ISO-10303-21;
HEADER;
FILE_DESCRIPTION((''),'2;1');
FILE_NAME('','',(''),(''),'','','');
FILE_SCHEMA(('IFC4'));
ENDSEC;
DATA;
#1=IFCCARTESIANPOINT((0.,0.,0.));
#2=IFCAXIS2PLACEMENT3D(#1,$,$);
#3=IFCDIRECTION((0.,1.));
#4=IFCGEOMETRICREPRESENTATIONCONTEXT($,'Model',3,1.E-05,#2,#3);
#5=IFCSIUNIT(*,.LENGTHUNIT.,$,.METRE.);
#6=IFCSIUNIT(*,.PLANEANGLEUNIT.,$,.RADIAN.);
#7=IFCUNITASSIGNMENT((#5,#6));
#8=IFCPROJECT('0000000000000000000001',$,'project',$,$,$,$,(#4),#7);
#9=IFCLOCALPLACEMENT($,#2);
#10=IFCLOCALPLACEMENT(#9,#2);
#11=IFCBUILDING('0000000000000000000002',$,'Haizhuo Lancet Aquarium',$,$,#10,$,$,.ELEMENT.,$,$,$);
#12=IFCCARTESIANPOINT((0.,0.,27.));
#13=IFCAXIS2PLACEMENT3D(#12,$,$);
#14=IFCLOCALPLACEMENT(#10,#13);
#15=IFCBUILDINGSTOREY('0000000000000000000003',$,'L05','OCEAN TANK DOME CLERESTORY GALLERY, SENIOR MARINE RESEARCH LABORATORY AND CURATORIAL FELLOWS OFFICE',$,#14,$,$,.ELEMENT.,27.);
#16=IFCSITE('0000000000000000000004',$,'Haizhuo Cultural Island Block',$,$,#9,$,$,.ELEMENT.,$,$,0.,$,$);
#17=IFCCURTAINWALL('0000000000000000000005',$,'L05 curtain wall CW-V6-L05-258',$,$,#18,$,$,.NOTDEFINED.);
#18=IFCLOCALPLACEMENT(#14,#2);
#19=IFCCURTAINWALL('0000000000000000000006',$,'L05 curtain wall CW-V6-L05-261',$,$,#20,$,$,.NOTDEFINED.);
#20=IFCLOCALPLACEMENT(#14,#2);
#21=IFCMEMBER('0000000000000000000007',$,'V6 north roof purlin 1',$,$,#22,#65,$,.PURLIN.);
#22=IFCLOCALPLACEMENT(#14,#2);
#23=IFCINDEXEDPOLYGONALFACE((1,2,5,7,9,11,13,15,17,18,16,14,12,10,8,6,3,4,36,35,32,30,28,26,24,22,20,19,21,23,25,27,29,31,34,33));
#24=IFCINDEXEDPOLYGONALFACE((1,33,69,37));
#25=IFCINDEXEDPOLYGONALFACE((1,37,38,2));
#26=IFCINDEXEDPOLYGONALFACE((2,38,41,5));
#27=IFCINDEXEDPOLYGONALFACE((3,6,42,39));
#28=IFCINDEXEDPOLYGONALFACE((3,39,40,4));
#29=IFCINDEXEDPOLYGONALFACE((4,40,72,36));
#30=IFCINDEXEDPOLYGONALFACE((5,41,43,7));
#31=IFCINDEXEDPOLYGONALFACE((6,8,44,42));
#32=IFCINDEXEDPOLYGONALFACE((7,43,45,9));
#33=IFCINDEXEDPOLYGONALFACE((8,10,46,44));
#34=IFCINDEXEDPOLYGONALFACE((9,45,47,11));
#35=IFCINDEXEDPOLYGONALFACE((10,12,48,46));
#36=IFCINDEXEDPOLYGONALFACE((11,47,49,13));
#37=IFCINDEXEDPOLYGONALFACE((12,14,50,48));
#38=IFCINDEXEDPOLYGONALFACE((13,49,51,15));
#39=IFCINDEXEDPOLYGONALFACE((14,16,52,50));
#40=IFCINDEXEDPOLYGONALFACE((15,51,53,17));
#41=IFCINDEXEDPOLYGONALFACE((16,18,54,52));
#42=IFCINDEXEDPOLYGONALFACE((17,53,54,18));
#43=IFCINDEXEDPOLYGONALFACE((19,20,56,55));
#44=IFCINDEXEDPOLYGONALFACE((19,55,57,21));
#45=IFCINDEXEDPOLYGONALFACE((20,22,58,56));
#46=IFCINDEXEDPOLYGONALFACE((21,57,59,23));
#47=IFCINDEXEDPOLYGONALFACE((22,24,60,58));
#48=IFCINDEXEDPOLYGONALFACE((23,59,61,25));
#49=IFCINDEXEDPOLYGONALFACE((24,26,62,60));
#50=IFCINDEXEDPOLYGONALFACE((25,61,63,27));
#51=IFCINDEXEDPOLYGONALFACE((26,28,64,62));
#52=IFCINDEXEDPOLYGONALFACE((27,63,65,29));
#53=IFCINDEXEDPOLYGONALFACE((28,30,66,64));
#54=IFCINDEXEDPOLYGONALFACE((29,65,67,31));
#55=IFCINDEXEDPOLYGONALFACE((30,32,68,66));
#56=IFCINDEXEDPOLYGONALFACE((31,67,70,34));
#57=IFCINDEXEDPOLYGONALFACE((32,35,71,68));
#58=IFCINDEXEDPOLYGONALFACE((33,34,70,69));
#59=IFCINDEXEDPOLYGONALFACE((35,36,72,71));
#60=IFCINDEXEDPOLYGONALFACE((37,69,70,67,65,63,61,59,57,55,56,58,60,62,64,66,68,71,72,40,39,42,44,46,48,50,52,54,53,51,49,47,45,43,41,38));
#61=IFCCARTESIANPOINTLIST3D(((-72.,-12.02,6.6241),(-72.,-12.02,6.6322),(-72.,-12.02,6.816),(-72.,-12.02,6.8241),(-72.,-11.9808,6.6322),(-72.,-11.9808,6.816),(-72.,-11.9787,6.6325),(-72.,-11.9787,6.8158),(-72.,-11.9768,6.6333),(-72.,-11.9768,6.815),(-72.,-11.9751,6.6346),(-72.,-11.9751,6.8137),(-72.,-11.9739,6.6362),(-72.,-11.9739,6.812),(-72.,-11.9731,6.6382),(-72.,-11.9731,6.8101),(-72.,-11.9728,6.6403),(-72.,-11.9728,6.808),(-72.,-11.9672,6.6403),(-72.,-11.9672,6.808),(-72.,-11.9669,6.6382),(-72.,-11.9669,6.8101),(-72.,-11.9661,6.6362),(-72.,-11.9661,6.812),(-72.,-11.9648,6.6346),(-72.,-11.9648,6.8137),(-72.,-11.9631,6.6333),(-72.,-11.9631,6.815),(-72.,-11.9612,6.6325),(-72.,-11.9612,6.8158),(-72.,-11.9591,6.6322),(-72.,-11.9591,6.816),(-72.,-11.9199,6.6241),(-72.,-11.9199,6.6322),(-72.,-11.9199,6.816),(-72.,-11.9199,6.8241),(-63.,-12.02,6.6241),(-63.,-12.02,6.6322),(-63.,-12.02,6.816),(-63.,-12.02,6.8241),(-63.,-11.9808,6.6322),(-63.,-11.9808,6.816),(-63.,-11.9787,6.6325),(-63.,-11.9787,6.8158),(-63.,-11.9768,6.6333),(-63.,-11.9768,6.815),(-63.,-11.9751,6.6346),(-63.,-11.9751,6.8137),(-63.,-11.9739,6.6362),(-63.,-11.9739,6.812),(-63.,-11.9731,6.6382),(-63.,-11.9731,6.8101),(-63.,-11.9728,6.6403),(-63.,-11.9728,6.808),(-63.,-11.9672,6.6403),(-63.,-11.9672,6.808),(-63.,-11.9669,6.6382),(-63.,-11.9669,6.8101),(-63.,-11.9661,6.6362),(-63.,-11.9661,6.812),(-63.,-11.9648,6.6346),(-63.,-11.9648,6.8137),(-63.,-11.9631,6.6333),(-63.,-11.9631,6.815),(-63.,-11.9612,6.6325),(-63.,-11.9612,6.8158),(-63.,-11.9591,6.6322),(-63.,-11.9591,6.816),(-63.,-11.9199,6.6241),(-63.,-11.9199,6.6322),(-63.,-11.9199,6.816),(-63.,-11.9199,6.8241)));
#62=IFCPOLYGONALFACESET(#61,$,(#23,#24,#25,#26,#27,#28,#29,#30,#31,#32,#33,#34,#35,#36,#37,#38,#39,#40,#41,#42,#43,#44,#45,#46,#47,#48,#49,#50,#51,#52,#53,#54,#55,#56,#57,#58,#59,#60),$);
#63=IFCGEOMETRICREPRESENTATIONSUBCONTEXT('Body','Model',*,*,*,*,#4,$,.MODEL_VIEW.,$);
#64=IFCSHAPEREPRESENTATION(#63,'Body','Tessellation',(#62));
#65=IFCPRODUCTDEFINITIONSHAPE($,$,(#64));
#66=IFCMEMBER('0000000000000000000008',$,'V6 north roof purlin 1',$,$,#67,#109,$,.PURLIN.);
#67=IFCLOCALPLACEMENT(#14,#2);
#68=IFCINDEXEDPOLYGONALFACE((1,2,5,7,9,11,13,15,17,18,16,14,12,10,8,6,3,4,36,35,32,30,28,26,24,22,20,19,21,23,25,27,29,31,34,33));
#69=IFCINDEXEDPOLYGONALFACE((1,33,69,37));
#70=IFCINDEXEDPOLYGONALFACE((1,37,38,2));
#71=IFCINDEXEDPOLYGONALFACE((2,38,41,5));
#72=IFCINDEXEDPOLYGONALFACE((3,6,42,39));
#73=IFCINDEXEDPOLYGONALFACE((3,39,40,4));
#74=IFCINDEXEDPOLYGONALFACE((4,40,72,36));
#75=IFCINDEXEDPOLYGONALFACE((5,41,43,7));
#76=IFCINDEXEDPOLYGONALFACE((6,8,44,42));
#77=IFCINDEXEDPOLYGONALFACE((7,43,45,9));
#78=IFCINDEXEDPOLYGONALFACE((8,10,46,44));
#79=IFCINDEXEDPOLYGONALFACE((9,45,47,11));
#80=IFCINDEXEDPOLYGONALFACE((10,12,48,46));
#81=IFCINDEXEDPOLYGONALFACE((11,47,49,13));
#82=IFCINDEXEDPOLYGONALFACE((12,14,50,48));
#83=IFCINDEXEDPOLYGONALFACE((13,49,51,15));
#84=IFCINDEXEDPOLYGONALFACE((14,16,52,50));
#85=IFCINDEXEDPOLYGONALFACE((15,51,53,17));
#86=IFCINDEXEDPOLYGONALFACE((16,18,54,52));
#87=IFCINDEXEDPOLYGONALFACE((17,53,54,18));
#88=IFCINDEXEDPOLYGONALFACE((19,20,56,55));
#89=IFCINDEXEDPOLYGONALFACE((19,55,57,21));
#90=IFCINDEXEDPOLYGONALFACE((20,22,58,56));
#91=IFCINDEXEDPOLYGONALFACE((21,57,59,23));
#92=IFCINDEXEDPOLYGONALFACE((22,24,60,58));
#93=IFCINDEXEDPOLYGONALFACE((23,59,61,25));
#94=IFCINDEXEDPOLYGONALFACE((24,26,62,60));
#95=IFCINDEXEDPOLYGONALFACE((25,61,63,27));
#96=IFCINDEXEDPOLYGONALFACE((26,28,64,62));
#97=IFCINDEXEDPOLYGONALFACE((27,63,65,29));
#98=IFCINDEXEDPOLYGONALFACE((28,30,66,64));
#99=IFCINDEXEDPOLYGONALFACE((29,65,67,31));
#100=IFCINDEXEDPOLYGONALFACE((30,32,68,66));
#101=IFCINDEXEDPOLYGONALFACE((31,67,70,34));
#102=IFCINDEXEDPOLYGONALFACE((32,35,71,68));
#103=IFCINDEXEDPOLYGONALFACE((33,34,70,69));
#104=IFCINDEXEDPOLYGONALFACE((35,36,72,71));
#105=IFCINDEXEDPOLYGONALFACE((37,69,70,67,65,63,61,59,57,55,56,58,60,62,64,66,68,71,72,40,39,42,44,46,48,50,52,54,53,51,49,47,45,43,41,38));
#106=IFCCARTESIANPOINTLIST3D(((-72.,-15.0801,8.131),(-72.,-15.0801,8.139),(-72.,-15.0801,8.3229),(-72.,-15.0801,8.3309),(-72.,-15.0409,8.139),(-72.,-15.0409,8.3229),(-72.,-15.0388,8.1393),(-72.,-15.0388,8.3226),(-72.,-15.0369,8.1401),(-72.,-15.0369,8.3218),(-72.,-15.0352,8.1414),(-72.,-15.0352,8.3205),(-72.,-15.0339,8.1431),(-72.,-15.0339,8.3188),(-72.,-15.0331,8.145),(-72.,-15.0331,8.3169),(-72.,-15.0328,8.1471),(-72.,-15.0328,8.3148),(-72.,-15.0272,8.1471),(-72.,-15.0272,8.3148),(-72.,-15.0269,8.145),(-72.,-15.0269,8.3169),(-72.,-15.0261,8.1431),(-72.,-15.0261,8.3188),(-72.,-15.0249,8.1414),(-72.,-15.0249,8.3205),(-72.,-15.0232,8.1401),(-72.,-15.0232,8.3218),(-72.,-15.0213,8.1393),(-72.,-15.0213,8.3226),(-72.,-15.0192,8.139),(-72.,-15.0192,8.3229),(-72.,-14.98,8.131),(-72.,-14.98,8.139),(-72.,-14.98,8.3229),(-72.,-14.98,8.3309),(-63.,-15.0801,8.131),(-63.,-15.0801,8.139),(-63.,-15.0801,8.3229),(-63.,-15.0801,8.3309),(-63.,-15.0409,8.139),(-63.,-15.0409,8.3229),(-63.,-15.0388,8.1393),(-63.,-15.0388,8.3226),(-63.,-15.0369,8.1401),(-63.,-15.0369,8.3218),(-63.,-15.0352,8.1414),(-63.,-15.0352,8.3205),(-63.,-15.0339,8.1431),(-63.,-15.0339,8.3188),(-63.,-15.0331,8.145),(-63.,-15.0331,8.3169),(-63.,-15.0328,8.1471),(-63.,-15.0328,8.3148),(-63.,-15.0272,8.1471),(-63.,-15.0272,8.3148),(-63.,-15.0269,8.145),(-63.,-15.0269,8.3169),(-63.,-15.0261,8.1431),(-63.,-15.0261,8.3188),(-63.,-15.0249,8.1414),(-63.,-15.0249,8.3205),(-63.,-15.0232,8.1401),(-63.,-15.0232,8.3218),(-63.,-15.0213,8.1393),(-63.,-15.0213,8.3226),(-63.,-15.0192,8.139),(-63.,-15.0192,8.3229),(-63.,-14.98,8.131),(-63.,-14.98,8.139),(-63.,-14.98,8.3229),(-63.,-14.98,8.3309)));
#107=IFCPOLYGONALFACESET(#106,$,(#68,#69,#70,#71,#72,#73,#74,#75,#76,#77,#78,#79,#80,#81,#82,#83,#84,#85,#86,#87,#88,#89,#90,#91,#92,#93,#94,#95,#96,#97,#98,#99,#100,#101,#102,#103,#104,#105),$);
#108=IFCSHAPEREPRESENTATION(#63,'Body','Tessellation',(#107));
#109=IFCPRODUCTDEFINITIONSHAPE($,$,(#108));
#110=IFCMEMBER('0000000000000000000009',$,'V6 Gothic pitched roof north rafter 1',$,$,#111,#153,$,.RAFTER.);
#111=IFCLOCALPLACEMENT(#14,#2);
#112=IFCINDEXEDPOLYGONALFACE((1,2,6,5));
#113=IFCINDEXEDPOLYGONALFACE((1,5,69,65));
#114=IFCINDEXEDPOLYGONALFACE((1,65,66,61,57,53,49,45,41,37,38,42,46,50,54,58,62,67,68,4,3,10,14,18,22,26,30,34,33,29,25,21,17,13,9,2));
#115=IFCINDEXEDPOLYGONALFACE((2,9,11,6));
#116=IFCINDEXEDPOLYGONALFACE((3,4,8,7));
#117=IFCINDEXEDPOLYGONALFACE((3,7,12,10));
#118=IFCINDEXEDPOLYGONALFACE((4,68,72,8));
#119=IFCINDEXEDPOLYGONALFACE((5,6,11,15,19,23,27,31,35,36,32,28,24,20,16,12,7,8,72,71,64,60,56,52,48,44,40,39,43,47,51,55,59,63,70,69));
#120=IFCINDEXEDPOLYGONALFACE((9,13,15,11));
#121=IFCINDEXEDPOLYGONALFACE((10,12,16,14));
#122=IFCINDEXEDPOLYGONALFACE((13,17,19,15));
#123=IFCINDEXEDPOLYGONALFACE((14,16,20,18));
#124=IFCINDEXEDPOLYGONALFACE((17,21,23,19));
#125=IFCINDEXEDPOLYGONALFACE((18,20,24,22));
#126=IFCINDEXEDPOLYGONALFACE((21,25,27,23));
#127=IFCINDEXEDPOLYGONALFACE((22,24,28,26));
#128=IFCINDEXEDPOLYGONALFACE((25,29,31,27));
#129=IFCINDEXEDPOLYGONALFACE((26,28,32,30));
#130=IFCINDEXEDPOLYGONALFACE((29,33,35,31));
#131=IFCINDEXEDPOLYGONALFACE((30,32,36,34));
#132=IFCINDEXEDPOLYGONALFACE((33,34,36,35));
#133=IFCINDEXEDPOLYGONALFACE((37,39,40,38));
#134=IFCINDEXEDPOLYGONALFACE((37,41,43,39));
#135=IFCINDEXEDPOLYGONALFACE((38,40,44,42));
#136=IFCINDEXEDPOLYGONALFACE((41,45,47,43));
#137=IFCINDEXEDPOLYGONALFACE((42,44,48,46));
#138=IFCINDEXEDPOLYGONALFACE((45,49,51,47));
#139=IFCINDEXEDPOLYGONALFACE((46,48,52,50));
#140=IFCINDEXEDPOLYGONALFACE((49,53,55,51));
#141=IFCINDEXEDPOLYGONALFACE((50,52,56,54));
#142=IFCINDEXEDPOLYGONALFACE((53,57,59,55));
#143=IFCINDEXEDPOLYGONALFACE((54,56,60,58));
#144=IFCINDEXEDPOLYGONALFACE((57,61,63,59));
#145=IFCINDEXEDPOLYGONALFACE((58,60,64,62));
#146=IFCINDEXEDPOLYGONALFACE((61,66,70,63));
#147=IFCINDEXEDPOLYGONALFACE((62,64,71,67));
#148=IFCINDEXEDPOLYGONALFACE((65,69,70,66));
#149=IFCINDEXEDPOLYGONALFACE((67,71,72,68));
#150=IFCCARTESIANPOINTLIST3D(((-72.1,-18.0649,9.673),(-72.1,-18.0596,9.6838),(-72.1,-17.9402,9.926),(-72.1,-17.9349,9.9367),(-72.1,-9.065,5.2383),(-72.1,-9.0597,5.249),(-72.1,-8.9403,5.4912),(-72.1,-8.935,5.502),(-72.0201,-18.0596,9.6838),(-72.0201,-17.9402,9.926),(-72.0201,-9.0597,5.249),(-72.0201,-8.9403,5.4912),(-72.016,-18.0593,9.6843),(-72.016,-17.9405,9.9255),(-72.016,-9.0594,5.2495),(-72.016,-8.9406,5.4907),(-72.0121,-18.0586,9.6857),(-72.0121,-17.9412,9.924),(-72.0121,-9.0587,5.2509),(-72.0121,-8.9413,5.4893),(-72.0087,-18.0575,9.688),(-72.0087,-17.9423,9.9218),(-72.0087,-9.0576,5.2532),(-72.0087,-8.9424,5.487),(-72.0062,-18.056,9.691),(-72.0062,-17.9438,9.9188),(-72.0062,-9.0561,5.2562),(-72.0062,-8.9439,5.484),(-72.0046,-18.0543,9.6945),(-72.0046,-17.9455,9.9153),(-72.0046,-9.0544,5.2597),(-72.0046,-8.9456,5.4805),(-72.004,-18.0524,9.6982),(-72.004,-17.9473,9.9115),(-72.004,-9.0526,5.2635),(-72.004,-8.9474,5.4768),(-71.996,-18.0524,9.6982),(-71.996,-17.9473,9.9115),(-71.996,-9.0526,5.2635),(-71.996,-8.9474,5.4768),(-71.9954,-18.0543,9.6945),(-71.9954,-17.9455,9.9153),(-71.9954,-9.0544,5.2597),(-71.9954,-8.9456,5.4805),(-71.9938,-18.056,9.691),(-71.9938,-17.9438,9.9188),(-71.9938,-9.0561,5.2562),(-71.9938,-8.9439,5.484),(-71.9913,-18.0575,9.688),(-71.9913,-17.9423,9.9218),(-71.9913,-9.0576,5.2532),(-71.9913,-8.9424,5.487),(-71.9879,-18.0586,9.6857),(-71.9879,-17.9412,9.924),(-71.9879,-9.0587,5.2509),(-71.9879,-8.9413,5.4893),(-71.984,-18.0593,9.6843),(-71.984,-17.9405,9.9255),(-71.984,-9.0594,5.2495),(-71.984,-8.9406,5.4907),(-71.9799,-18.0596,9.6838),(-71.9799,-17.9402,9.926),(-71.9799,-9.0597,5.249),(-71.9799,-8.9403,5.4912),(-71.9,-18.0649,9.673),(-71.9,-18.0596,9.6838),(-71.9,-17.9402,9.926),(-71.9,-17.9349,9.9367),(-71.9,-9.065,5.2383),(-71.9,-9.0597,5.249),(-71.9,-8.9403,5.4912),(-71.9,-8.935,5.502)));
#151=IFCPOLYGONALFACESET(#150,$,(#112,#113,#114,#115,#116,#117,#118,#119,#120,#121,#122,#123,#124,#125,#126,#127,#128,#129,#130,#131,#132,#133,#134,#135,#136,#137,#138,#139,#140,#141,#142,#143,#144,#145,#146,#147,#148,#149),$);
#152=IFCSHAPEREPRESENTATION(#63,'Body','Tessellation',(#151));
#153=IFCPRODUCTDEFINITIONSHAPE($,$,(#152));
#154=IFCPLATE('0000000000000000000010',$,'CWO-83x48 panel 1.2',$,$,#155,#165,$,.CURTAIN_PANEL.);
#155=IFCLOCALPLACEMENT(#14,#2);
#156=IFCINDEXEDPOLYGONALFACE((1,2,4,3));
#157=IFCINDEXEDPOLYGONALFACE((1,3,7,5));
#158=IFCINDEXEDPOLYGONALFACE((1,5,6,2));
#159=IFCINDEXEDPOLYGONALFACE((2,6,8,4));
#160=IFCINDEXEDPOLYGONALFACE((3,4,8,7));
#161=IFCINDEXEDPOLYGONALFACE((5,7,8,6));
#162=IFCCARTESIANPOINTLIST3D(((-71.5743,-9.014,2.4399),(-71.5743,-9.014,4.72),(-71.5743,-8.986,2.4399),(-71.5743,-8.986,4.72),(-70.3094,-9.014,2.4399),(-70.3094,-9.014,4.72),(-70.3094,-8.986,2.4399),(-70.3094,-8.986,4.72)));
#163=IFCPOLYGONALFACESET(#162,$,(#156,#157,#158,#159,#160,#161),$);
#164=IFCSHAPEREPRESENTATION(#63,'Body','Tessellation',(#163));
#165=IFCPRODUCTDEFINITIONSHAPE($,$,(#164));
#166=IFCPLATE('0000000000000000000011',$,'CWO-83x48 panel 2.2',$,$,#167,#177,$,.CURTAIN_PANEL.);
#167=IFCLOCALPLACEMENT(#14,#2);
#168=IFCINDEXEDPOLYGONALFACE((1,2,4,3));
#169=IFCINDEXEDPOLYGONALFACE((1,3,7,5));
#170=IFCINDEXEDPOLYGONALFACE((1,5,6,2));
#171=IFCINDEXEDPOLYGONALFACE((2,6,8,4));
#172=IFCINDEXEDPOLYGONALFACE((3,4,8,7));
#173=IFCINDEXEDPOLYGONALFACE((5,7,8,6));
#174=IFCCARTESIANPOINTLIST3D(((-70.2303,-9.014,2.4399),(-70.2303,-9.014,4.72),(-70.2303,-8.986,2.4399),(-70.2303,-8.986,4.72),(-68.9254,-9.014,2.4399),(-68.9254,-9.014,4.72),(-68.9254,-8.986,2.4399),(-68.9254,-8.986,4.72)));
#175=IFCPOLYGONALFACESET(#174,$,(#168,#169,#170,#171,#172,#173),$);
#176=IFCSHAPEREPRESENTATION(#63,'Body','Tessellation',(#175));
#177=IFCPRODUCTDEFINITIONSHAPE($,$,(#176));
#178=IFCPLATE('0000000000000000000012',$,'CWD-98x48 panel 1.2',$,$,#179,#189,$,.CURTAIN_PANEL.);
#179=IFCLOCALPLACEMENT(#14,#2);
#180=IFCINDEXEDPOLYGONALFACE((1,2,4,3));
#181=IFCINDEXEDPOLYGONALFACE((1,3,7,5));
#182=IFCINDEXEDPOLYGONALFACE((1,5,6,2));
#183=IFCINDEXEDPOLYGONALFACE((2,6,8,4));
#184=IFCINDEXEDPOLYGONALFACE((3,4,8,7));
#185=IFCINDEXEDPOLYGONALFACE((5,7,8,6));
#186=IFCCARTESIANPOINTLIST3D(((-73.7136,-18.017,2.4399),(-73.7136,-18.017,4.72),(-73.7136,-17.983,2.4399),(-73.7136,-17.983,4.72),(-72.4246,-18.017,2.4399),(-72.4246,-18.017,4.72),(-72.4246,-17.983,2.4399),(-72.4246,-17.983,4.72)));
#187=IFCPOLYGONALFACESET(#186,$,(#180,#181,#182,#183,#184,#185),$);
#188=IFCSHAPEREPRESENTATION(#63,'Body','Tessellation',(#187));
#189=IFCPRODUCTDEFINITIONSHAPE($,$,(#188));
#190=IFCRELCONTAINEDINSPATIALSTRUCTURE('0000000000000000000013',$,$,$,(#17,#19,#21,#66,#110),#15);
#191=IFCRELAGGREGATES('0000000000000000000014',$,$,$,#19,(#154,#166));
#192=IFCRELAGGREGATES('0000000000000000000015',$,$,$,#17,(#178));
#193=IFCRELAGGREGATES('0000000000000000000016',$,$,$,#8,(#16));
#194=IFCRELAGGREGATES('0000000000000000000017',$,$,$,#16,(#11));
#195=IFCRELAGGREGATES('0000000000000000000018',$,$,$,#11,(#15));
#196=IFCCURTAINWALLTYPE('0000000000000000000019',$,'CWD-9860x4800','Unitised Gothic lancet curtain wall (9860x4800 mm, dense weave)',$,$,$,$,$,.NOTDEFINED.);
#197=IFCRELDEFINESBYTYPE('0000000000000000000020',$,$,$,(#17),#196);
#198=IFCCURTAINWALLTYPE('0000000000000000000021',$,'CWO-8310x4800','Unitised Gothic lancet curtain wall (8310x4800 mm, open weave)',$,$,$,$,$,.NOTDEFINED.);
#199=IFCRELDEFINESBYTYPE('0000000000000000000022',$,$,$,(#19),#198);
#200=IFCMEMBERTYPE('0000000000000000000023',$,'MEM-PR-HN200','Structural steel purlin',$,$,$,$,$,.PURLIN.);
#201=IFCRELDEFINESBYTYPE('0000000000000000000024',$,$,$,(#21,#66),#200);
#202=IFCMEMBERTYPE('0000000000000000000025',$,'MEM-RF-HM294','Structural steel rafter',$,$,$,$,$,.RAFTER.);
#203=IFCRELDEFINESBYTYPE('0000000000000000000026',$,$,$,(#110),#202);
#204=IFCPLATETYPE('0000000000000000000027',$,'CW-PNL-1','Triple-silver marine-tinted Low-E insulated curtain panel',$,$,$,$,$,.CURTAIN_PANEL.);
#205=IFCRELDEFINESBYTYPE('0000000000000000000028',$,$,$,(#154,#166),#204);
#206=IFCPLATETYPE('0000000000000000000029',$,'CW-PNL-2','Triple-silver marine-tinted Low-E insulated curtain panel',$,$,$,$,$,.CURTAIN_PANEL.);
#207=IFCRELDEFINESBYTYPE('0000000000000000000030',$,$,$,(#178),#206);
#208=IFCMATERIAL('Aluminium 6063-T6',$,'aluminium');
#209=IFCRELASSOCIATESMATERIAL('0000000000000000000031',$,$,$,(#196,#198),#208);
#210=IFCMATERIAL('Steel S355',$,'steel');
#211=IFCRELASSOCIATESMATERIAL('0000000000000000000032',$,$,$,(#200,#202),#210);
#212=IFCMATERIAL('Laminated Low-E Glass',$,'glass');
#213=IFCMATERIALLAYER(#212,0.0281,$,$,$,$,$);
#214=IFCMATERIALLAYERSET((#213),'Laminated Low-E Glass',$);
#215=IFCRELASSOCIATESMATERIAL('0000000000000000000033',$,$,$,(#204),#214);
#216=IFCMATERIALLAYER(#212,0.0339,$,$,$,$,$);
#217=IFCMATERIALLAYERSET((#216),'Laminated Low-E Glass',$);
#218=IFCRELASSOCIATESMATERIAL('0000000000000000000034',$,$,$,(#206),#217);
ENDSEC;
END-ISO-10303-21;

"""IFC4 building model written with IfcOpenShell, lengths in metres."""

from ifc_helpers import new_model, si_unit, direction, frame, origin, origin_2d, place, context, subcontext, project, spatial, rectangle, i_section, extrude, material, layer, layer_set, material_profile, profile_set, type_object, element, aggregate, save


model = new_model("IFC4")

# Units and contexts
model_context = context("Model", 3, precision=1e-05, world=origin(), true_north=direction((0.0, 1.0)))
body_context = subcontext(model_context, "Body", "Model", "MODEL_VIEW")
ifc_project = project(units=[si_unit("LENGTHUNIT", "METRE"), si_unit("PLANEANGLEUNIT", "RADIAN")], contexts=[model_context])

# Site, building, storey
site_placement = place(None, origin())
site = spatial("IfcSite", under=ifc_project, at=site_placement, Name="Haizhuo Cultural Island Block", CompositionType="ELEMENT", RefElevation=0.0)
building_placement = place(site_placement, origin())
building = spatial("IfcBuilding", under=site, at=building_placement, Name="Haizhuo Lancet Aquarium", CompositionType="ELEMENT")
storey_placement = place(building_placement, frame((0.0, 0.0, 27.0)))
storey = spatial("IfcBuildingStorey", under=building, at=storey_placement, Name="L05", Description="OCEAN TANK DOME CLERESTORY GALLERY, SENIOR MARINE RESEARCH LABORATORY AND CURATORIAL FELLOWS OFFICE", CompositionType="ELEMENT", Elevation=27.0)

# Shared definitions
ifc_material_1 = material(Name="Steel S355", Category="steel")

# Curtain walls
ifc_material_2 = material(Name="Aluminium 6063-T6", Category="aluminium")
curtain_wall_type_1 = type_object("IfcCurtainWallType", Name="CWD-9860x4800", Description="Unitised Gothic lancet curtain wall (9860x4800 mm, dense weave)", PredefinedType="NOTDEFINED", material=ifc_material_2)
curtain_wall_1_placement = place(storey_placement, origin())
curtain_wall_1 = element("IfcCurtainWall", 1, at=curtain_wall_1_placement, inside=storey, type_object=curtain_wall_type_1, Name="L05 curtain wall CW-V6-L05-258", PredefinedType="NOTDEFINED")
curtain_wall_type_2 = type_object("IfcCurtainWallType", Name="CWO-8310x4800", Description="Unitised Gothic lancet curtain wall (8310x4800 mm, open weave)", PredefinedType="NOTDEFINED", material=ifc_material_2)
curtain_wall_2_placement = place(storey_placement, origin())
curtain_wall_2 = element("IfcCurtainWall", 2, at=curtain_wall_2_placement, inside=storey, type_object=curtain_wall_type_2, Name="L05 curtain wall CW-V6-L05-261", PredefinedType="NOTDEFINED")

# Members
ifc_material_profile_1 = material_profile(ifc_material_1, i_section(OverallWidth=0.1001, OverallDepth=0.2, WebThickness=0.0056, FlangeThickness=0.0081, FilletRadius=0.0081, at=origin_2d()), Name="HN 200x100x5.5x8")
ifc_profile_set_1 = profile_set([ifc_material_profile_1], Name="Steel S355")
member_type_1 = type_object("IfcMemberType", Name="MEM-PR-HN200", Description="Structural steel purlin", PredefinedType="PURLIN", material=ifc_profile_set_1)
for number, where, z_axis, x_axis, name in (
    (3, (-72.0, -11.97, 6.7241), (1.0, 0.0, 0.0), (0.0, 1.0, 0.0), "V6 north roof purlin 1"),
    (4, (-72.0, -15.03, 8.231), (1.0, 0.0, 0.0), (0.0, 1.0, 0.0), "V6 north roof purlin 1"),
):
    element("IfcMember", number, at=place(storey_placement, frame(where, z_axis=z_axis, x_axis=x_axis)), inside=storey, type_object=member_type_1, Name=name, PredefinedType="PURLIN", context=body_context, shape_type="SweptSolid", body=[
        extrude(i_section(OverallWidth=0.1001, OverallDepth=0.2, WebThickness=0.0056, FlangeThickness=0.0081, FilletRadius=0.0081, at=origin_2d()), origin(), (0.0, 0.0, 1.0), 9.0),
    ])
ifc_material_profile_2 = material_profile(ifc_material_1, i_section(OverallWidth=0.2, OverallDepth=0.2939, WebThickness=0.0081, FlangeThickness=0.012, FilletRadius=0.0161, at=origin_2d()), Name="HM 294x200x8x12")
ifc_profile_set_2 = profile_set([ifc_material_profile_2], Name="Steel S355")
member_type_2 = type_object("IfcMemberType", Name="MEM-RF-HM294", Description="Structural steel rafter", PredefinedType="RAFTER", material=ifc_profile_set_2)
member_1_placement = place(storey_placement, frame((-72.0, -9.0, 5.3701), z_axis=(0.0, -0.897011, 0.442009), x_axis=(1.0, 0.0, 0.0)))
element("IfcMember", 5, at=member_1_placement, inside=storey, type_object=member_type_2, Name="V6 Gothic pitched roof north rafter 1", PredefinedType="RAFTER", context=body_context, shape_type="SweptSolid", body=[
    extrude(i_section(OverallWidth=0.2, OverallDepth=0.2939, WebThickness=0.0081, FlangeThickness=0.012, FilletRadius=0.0161, at=origin_2d()), origin(), (0.0, 0.0, 1.0), 10.0332),
])

# Plates
ifc_material_3 = material(Name="Laminated Low-E Glass", Category="glass")
ifc_layer_1 = layer(ifc_material_3, 0.0281)
ifc_layer_set_1 = layer_set([ifc_layer_1], Name="Laminated Low-E Glass")
plate_type_1 = type_object("IfcPlateType", Name="CW-PNL-1", Description="Triple-silver marine-tinted Low-E insulated curtain panel", PredefinedType="CURTAIN_PANEL", material=ifc_layer_set_1)
plate_1_placement = place(storey_placement, frame((-70.9419, -9.0, 2.4399), z_axis=(0.0, 0.0, 1.0), x_axis=(1.0, 0.0, 0.0)))
plate_1 = element("IfcPlate", 6, at=plate_1_placement, type_object=plate_type_1, Name="CWO-83x48 panel 1.2", PredefinedType="CURTAIN_PANEL", context=body_context, shape_type="SweptSolid", body=[
    extrude(rectangle(XDim=1.2649, YDim=0.0281, at=origin_2d()), origin(), (0.0, 0.0, 1.0), 2.28),
])
plate_2_placement = place(storey_placement, frame((-69.5779, -9.0, 2.4399), z_axis=(0.0, 0.0, 1.0), x_axis=(1.0, 0.0, 0.0)))
plate_2 = element("IfcPlate", 7, at=plate_2_placement, type_object=plate_type_1, Name="CWO-83x48 panel 2.2", PredefinedType="CURTAIN_PANEL", context=body_context, shape_type="SweptSolid", body=[
    extrude(rectangle(XDim=1.3049, YDim=0.0281, at=origin_2d()), origin(), (0.0, 0.0, 1.0), 2.28),
])
aggregate(curtain_wall_2, [plate_1, plate_2])
ifc_layer_2 = layer(ifc_material_3, 0.0339)
ifc_layer_set_2 = layer_set([ifc_layer_2], Name="Laminated Low-E Glass")
plate_type_2 = type_object("IfcPlateType", Name="CW-PNL-2", Description="Triple-silver marine-tinted Low-E insulated curtain panel", PredefinedType="CURTAIN_PANEL", material=ifc_layer_set_2)
plate_3_placement = place(storey_placement, frame((-73.0691, -18.0, 2.4399), z_axis=(0.0, 0.0, 1.0), x_axis=(-1.0, 0.0, 0.0)))
plate_3 = element("IfcPlate", 8, at=plate_3_placement, type_object=plate_type_2, Name="CWD-98x48 panel 1.2", PredefinedType="CURTAIN_PANEL", context=body_context, shape_type="SweptSolid", body=[
    extrude(rectangle(XDim=1.2891, YDim=0.0339, at=origin_2d()), origin(), (0.0, 0.0, 1.0), 2.28),
])
aggregate(curtain_wall_1, [plate_3])

save(model, "model.ifc")
